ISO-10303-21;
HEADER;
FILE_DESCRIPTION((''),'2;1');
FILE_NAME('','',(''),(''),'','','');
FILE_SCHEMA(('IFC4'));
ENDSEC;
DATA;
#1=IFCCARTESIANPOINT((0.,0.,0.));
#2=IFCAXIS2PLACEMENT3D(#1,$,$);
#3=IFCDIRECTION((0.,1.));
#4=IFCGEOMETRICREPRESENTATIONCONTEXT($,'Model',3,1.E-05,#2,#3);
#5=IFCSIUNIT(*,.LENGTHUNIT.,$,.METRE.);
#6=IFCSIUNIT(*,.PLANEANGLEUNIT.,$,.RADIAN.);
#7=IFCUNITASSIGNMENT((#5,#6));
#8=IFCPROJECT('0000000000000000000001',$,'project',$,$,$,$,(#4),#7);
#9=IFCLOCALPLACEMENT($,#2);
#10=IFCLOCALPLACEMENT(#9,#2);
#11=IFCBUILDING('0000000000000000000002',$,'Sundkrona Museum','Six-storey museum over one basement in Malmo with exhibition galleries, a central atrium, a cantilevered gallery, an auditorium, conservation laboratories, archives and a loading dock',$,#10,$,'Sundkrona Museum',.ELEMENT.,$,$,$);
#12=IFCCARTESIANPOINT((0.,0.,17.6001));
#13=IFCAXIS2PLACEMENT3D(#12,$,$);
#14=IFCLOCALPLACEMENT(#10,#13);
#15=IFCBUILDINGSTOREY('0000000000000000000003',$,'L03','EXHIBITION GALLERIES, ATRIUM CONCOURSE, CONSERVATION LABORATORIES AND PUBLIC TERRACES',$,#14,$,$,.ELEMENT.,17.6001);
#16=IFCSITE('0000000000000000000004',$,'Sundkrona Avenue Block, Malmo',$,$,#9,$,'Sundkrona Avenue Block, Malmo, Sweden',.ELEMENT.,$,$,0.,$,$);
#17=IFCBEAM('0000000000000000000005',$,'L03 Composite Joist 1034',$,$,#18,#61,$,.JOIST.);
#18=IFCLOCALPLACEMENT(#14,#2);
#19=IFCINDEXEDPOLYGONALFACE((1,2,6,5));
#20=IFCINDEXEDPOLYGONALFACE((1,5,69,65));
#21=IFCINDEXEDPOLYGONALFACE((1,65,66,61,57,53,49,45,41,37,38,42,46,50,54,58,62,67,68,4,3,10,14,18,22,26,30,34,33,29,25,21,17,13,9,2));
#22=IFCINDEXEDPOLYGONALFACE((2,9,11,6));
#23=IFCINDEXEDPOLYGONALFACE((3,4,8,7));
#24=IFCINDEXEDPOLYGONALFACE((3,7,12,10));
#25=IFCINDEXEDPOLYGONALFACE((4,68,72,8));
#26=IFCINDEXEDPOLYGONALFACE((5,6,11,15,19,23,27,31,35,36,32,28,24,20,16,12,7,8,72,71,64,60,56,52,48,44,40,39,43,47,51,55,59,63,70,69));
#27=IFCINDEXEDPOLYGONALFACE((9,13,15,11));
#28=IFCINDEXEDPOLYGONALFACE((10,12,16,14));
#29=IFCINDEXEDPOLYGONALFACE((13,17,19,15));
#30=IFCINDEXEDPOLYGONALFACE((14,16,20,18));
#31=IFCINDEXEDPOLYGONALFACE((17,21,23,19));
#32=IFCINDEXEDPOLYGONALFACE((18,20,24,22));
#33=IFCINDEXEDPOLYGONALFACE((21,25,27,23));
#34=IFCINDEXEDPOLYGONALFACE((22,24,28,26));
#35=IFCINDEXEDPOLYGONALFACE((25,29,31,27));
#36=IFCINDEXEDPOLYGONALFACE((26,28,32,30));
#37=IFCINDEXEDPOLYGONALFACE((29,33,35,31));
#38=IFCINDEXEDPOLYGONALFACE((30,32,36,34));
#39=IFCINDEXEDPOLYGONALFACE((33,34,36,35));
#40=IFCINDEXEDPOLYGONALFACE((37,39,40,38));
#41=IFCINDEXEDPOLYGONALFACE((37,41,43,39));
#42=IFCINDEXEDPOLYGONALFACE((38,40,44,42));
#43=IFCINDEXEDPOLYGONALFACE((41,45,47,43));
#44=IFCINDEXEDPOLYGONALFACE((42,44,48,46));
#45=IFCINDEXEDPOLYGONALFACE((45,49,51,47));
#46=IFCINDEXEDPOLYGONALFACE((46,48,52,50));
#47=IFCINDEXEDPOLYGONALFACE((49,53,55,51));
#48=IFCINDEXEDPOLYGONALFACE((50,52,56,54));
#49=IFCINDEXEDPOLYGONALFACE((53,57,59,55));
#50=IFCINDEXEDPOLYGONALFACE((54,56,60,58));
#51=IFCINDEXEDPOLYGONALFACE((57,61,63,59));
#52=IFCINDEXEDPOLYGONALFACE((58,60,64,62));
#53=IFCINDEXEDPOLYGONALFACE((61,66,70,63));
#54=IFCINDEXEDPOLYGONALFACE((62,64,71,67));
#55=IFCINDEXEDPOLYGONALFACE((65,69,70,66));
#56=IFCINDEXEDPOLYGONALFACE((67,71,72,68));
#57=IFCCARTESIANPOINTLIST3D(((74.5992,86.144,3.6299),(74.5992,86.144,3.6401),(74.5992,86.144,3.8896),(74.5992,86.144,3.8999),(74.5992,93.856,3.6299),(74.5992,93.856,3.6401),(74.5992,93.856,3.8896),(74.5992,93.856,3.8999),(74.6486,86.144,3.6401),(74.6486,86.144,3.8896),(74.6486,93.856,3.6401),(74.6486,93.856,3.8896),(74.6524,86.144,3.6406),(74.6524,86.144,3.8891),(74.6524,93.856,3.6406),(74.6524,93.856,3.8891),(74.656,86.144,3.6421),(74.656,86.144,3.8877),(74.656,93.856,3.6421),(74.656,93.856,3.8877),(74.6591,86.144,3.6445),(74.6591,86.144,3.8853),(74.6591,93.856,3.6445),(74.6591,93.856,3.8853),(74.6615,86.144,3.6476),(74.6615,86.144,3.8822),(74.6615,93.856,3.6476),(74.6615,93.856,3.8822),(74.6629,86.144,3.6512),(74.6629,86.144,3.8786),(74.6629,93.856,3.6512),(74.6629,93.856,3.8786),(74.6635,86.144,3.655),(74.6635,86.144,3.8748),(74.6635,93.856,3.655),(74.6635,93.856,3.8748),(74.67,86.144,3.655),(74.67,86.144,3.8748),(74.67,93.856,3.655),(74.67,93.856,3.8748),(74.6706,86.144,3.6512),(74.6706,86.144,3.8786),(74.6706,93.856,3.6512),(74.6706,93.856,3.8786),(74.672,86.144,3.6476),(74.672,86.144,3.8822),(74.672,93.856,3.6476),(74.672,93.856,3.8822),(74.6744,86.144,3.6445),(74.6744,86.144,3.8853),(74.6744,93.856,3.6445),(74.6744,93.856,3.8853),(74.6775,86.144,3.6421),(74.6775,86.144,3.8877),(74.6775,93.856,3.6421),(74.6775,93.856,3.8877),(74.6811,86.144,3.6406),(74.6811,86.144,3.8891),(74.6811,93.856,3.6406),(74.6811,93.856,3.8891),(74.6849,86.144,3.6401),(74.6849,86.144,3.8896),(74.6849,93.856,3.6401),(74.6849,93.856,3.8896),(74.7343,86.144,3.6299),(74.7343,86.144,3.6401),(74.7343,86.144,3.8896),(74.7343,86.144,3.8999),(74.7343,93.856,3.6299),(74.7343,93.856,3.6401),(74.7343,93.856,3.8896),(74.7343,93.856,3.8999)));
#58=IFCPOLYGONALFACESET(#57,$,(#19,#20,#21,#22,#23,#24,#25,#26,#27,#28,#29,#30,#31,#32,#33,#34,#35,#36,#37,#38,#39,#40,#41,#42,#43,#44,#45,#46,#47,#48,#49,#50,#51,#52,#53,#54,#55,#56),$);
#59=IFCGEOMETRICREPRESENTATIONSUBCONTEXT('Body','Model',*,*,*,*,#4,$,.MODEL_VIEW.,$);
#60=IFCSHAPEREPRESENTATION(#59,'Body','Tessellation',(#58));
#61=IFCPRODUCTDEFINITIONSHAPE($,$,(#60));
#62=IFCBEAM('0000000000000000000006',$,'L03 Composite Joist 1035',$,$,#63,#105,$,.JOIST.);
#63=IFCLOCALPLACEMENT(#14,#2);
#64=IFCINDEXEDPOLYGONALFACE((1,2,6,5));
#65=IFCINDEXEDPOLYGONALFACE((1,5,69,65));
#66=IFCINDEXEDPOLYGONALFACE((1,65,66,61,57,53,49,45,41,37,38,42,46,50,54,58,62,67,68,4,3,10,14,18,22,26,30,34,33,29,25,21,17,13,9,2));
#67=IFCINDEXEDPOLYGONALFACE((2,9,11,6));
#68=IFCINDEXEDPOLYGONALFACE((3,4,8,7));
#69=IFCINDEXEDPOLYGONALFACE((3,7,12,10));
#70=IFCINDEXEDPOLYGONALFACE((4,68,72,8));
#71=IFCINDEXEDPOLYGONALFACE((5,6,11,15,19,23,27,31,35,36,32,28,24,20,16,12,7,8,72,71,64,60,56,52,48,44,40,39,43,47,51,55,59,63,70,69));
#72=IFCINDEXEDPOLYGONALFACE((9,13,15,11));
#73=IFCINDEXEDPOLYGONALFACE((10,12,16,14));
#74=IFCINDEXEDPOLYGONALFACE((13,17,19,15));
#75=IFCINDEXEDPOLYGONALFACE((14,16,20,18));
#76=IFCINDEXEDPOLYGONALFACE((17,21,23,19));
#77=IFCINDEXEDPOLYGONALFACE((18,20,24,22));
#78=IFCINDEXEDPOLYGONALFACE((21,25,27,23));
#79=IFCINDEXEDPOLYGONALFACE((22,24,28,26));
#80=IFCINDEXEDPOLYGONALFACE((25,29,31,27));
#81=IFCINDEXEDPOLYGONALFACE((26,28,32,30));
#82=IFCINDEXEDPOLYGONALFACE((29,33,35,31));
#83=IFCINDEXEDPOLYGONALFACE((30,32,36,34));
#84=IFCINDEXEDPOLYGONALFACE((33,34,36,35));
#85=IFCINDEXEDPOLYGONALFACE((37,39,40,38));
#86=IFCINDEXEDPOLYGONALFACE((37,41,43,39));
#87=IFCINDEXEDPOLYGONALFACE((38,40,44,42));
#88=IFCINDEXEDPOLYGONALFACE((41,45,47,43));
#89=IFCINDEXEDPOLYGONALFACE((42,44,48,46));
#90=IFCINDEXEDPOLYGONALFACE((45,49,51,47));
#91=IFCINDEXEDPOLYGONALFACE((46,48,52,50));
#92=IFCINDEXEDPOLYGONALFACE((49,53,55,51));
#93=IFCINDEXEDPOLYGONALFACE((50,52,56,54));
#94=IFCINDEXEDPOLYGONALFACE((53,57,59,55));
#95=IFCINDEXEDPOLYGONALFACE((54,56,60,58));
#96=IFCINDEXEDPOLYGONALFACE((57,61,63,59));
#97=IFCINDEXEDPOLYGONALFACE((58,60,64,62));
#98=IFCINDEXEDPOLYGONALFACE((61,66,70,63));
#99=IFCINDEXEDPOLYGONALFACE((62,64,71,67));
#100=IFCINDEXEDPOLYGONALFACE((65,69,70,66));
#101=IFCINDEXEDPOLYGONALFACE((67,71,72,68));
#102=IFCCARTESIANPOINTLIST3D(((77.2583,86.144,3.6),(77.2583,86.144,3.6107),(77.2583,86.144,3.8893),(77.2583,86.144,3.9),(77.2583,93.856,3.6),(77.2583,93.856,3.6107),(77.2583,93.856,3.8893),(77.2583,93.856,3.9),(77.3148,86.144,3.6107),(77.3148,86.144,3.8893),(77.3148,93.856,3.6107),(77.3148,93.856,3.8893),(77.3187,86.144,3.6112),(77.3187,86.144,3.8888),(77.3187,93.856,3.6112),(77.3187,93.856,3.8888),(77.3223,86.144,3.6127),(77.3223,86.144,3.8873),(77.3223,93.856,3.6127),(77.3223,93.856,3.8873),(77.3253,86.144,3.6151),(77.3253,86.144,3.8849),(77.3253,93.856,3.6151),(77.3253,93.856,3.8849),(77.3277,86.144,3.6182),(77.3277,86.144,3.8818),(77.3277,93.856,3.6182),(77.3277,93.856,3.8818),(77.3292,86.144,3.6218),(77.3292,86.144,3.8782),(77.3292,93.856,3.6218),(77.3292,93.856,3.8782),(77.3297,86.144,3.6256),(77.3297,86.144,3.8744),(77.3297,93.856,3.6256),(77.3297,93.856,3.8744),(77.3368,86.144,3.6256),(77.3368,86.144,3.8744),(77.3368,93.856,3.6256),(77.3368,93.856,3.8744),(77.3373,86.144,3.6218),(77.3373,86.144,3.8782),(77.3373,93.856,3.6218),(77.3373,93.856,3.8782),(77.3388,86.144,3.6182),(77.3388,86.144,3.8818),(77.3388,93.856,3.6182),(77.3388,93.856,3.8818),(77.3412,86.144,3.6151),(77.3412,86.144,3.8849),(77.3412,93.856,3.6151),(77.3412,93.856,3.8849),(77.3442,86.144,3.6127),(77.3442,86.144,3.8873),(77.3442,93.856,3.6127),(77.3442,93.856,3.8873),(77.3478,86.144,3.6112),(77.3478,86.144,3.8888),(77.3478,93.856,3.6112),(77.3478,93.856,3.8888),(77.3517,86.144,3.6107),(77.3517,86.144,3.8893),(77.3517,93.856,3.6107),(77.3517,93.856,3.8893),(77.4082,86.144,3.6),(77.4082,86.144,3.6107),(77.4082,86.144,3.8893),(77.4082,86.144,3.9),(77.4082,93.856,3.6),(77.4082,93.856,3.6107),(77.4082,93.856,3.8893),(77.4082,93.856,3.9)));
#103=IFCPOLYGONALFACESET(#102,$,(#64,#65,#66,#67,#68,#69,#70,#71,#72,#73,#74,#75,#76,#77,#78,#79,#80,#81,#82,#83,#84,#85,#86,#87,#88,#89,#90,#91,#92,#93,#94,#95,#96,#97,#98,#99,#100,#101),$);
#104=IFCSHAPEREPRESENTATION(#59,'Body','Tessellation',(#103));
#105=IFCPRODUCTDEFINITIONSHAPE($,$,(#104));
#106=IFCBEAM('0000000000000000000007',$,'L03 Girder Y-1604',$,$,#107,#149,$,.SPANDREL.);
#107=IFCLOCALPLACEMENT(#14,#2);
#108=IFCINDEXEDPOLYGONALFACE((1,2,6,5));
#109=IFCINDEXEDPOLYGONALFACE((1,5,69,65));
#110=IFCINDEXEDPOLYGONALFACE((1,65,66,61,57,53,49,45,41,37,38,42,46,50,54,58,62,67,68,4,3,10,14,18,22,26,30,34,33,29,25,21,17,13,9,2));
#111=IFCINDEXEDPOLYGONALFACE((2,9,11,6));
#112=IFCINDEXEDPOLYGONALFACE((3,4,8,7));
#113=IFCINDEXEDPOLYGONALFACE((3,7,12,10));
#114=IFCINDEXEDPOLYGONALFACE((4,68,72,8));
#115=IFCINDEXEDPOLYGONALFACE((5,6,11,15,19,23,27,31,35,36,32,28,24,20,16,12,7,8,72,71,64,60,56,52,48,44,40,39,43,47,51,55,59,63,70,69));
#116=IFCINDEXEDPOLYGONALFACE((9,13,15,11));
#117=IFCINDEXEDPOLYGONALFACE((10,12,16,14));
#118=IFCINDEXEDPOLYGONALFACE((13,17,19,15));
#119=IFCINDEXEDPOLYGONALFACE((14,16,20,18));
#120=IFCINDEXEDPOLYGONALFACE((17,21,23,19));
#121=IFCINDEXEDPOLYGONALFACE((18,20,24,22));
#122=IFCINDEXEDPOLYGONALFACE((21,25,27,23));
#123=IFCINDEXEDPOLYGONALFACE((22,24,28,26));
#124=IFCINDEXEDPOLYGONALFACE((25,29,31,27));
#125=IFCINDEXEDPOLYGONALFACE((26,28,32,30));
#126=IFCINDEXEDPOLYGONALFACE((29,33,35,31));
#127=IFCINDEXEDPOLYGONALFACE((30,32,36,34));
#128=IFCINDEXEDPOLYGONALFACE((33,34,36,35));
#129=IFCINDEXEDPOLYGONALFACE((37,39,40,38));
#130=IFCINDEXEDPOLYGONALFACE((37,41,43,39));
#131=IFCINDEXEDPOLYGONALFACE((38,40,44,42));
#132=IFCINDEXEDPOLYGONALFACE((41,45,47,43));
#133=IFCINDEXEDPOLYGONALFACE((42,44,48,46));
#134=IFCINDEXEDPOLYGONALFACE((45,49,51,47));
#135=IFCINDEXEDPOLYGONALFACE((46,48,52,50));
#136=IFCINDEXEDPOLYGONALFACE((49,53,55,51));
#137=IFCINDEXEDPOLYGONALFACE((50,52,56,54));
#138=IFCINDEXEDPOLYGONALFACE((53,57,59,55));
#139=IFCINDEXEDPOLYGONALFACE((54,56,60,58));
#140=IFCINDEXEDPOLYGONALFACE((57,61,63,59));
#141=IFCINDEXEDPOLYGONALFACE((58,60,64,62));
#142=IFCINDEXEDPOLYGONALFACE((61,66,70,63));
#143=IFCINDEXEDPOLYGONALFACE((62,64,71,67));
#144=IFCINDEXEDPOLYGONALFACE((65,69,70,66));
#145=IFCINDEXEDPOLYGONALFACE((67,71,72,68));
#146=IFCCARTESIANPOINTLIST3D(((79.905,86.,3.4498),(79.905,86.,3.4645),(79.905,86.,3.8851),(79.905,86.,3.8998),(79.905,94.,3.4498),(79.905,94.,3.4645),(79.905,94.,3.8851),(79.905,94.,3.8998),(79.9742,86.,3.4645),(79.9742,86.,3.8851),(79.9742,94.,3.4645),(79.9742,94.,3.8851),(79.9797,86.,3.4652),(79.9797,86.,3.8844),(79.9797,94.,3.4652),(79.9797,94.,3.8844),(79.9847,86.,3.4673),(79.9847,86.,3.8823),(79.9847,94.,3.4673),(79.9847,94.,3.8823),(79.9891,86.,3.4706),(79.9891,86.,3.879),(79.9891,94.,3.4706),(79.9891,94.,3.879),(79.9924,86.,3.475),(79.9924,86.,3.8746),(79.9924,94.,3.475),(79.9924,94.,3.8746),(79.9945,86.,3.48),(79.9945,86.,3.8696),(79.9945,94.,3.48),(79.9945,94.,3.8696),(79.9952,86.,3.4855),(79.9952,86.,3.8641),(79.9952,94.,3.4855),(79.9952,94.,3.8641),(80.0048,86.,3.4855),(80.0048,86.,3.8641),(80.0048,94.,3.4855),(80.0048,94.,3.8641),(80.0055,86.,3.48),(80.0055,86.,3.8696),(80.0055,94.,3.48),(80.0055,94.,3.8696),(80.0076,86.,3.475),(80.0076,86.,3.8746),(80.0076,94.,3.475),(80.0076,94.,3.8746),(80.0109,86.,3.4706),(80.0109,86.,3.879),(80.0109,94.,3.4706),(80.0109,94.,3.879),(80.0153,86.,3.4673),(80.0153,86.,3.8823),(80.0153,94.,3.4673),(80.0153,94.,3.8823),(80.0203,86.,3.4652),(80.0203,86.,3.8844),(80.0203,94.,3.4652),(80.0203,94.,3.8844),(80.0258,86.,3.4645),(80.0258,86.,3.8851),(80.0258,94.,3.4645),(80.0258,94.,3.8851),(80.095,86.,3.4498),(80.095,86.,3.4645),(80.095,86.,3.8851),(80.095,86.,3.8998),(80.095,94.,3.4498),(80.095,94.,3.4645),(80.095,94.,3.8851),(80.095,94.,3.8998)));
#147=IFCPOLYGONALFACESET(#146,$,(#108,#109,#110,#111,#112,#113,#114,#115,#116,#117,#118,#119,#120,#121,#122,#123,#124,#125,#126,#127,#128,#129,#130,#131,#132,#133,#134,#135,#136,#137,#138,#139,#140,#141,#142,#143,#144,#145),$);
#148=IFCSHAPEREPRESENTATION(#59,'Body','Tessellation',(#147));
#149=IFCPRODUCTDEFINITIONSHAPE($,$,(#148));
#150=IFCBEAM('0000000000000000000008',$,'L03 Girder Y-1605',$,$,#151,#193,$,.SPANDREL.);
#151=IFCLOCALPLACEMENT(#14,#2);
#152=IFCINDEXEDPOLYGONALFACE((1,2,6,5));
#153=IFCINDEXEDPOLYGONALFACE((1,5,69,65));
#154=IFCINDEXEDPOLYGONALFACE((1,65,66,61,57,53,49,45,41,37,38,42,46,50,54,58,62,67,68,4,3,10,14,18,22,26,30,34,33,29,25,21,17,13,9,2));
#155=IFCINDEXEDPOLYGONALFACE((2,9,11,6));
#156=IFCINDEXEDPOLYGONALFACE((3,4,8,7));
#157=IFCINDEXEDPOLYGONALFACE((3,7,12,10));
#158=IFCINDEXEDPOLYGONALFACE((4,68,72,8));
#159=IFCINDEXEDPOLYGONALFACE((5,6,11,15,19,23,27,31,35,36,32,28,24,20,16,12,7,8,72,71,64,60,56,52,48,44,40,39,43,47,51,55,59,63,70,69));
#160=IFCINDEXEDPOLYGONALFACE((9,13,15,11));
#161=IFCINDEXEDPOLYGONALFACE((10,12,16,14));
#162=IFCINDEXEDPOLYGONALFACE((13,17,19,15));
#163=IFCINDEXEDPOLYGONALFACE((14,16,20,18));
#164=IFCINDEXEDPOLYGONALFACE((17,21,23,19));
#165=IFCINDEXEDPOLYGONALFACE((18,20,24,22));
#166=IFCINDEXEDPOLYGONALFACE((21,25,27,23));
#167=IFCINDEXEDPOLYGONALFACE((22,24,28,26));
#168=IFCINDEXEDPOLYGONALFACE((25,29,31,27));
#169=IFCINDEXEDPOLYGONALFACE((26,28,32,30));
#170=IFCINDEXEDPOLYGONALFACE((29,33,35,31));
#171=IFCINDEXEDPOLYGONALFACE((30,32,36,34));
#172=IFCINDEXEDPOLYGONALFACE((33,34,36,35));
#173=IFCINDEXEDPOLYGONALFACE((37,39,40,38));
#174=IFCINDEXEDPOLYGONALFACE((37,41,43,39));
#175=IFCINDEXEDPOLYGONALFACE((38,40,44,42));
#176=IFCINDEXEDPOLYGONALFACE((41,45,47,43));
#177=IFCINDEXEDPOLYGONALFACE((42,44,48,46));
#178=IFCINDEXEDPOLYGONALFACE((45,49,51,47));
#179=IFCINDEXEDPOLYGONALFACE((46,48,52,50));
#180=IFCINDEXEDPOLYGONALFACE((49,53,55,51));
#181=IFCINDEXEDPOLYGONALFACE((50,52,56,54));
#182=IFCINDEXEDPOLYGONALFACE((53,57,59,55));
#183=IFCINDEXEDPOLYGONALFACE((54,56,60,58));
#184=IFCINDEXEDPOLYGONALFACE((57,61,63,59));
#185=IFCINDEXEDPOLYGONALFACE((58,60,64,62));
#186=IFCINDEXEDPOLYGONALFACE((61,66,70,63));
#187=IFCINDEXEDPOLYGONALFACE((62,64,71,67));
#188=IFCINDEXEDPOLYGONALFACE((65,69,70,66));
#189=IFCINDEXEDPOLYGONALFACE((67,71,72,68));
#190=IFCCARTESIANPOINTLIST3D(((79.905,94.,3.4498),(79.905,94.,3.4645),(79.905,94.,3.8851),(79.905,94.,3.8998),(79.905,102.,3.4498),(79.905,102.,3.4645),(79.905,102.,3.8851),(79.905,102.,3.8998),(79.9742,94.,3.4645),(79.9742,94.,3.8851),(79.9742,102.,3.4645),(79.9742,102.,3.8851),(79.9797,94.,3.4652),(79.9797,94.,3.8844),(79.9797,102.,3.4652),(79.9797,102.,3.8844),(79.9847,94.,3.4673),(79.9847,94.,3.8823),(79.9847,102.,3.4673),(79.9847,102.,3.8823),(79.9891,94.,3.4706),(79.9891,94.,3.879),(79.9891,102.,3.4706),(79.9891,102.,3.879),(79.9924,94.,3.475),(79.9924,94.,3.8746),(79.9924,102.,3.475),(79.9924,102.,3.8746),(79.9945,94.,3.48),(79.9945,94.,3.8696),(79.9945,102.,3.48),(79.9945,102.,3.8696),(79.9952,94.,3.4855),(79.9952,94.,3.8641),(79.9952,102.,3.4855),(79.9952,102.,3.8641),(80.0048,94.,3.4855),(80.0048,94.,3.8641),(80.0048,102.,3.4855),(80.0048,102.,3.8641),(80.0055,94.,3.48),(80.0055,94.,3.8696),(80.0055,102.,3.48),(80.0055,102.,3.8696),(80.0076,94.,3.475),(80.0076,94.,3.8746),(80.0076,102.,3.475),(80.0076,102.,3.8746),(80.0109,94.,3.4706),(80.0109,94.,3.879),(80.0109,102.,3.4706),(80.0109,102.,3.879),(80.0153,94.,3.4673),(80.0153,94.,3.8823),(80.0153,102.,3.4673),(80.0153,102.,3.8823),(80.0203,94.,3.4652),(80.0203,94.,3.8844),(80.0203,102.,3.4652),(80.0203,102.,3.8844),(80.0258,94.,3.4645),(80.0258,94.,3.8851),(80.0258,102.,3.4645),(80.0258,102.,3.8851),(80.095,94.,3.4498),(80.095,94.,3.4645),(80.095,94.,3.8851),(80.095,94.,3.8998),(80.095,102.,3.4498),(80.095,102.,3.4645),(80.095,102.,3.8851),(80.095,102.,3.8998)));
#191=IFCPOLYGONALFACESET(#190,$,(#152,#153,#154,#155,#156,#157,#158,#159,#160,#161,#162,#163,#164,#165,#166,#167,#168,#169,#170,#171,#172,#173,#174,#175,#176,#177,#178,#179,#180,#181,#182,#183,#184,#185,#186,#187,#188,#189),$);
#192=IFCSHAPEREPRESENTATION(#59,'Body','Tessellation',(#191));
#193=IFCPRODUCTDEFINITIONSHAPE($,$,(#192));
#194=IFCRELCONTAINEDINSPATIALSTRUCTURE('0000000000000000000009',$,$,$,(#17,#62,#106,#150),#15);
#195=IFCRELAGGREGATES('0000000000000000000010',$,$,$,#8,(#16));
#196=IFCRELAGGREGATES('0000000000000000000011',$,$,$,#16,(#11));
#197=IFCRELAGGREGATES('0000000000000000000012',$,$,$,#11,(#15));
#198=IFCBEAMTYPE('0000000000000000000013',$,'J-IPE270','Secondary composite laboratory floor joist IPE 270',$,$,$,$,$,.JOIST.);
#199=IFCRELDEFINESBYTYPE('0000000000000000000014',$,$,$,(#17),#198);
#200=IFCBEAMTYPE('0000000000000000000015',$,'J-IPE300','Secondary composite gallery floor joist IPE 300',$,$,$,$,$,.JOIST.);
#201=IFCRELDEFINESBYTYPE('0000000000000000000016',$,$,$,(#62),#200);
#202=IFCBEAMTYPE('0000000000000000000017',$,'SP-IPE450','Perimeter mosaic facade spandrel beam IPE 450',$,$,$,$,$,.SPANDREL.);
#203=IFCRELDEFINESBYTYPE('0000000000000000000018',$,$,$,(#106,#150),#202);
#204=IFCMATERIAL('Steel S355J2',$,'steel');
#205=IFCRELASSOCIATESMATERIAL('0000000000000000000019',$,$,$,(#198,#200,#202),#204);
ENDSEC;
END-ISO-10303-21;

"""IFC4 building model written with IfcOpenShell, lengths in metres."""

from ifc_helpers import new_model, si_unit, direction, frame, origin, origin_2d, place, context, subcontext, project, spatial, i_section, extrude, material, material_profile, profile_set, type_object, element, save


model = new_model("IFC4")

# Units and contexts
model_context = context("Model", 3, precision=1e-05, world=origin(), true_north=direction((0.0, 1.0)))
body_context = subcontext(model_context, "Body", "Model", "MODEL_VIEW")
ifc_project = project(units=[si_unit("LENGTHUNIT", "METRE"), si_unit("PLANEANGLEUNIT", "RADIAN")], contexts=[model_context])

# Site, building, storey
site_placement = place(None, origin())
site = spatial("IfcSite", under=ifc_project, at=site_placement, Name="Sundkrona Avenue Block, Malmo", LongName="Sundkrona Avenue Block, Malmo, Sweden", CompositionType="ELEMENT", RefElevation=0.0)
building_placement = place(site_placement, origin())
building = spatial("IfcBuilding", under=site, at=building_placement, Name="Sundkrona Museum", Description="Six-storey museum over one basement in Malmo with exhibition galleries, a central atrium, a cantilevered gallery, an auditorium, conservation laboratories, archives and a loading dock", LongName="Sundkrona Museum", CompositionType="ELEMENT")
storey_placement = place(building_placement, frame((0.0, 0.0, 17.6001)))
storey = spatial("IfcBuildingStorey", under=building, at=storey_placement, Name="L03", Description="EXHIBITION GALLERIES, ATRIUM CONCOURSE, CONSERVATION LABORATORIES AND PUBLIC TERRACES", CompositionType="ELEMENT", Elevation=17.6001)

# Shared definitions
ifc_material_1 = material(Name="Steel S355J2", Category="steel")

# Beams
ifc_material_profile_1 = material_profile(ifc_material_1, i_section(OverallWidth=0.135, OverallDepth=0.27, WebThickness=0.0066, FlangeThickness=0.0103, FilletRadius=0.0149, at=origin_2d()), Name="IPE 270")
ifc_profile_set_1 = profile_set([ifc_material_profile_1], Name="Steel S355J2")
beam_type_1 = type_object("IfcBeamType", Name="J-IPE270", Description="Secondary composite laboratory floor joist IPE 270", PredefinedType="JOIST", material=ifc_profile_set_1)
beam_1_placement = place(storey_placement, frame((74.6667, 86.144, 3.7649), z_axis=(0.0, 1.0, 0.0), x_axis=(-1.0, 0.0, 0.0)))
element("IfcBeam", 1, at=beam_1_placement, inside=storey, type_object=beam_type_1, Name="L03 Composite Joist 1034", PredefinedType="JOIST", context=body_context, shape_type="SweptSolid", body=[
    extrude(i_section(OverallWidth=0.135, OverallDepth=0.27, WebThickness=0.0066, FlangeThickness=0.0103, FilletRadius=0.0149, at=origin_2d()), origin(), (0.0, 0.0, 1.0), 7.7119),
])
ifc_material_profile_2 = material_profile(ifc_material_1, i_section(OverallWidth=0.1499, OverallDepth=0.3, WebThickness=0.0071, FlangeThickness=0.0107, FilletRadius=0.0149, at=origin_2d()), Name="IPE 300")
ifc_profile_set_2 = profile_set([ifc_material_profile_2], Name="Steel S355J2")
beam_type_2 = type_object("IfcBeamType", Name="J-IPE300", Description="Secondary composite gallery floor joist IPE 300", PredefinedType="JOIST", material=ifc_profile_set_2)
beam_2_placement = place(storey_placement, frame((77.3333, 86.144, 3.75), z_axis=(0.0, 1.0, 0.0), x_axis=(-1.0, 0.0, 0.0)))
element("IfcBeam", 2, at=beam_2_placement, inside=storey, type_object=beam_type_2, Name="L03 Composite Joist 1035", PredefinedType="JOIST", context=body_context, shape_type="SweptSolid", body=[
    extrude(i_section(OverallWidth=0.1499, OverallDepth=0.3, WebThickness=0.0071, FlangeThickness=0.0107, FilletRadius=0.0149, at=origin_2d()), origin(), (0.0, 0.0, 1.0), 7.7119),
])
ifc_material_profile_3 = material_profile(ifc_material_1, i_section(OverallWidth=0.1899, OverallDepth=0.45, WebThickness=0.0095, FlangeThickness=0.0146, FilletRadius=0.021, at=origin_2d()), Name="IPE 450")
ifc_profile_set_3 = profile_set([ifc_material_profile_3], Name="Steel S355J2")
beam_type_3 = type_object("IfcBeamType", Name="SP-IPE450", Description="Perimeter mosaic facade spandrel beam IPE 450", PredefinedType="SPANDREL", material=ifc_profile_set_3)
for number, where, z_axis, x_axis, name in (
    (3, (80.0, 86.0, 3.6748), (0.0, 1.0, 0.0), (-1.0, 0.0, 0.0), "L03 Girder Y-1604"),
    (4, (80.0, 94.0, 3.6748), (0.0, 1.0, 0.0), (-1.0, 0.0, 0.0), "L03 Girder Y-1605"),
):
    element("IfcBeam", number, at=place(storey_placement, frame(where, z_axis=z_axis, x_axis=x_axis)), inside=storey, type_object=beam_type_3, Name=name, PredefinedType="SPANDREL", context=body_context, shape_type="SweptSolid", body=[
        extrude(i_section(OverallWidth=0.1899, OverallDepth=0.45, WebThickness=0.0095, FlangeThickness=0.0146, FilletRadius=0.021, at=origin_2d()), origin(), (0.0, 0.0, 1.0), 8.0),
    ])

save(model, "model.ifc")
